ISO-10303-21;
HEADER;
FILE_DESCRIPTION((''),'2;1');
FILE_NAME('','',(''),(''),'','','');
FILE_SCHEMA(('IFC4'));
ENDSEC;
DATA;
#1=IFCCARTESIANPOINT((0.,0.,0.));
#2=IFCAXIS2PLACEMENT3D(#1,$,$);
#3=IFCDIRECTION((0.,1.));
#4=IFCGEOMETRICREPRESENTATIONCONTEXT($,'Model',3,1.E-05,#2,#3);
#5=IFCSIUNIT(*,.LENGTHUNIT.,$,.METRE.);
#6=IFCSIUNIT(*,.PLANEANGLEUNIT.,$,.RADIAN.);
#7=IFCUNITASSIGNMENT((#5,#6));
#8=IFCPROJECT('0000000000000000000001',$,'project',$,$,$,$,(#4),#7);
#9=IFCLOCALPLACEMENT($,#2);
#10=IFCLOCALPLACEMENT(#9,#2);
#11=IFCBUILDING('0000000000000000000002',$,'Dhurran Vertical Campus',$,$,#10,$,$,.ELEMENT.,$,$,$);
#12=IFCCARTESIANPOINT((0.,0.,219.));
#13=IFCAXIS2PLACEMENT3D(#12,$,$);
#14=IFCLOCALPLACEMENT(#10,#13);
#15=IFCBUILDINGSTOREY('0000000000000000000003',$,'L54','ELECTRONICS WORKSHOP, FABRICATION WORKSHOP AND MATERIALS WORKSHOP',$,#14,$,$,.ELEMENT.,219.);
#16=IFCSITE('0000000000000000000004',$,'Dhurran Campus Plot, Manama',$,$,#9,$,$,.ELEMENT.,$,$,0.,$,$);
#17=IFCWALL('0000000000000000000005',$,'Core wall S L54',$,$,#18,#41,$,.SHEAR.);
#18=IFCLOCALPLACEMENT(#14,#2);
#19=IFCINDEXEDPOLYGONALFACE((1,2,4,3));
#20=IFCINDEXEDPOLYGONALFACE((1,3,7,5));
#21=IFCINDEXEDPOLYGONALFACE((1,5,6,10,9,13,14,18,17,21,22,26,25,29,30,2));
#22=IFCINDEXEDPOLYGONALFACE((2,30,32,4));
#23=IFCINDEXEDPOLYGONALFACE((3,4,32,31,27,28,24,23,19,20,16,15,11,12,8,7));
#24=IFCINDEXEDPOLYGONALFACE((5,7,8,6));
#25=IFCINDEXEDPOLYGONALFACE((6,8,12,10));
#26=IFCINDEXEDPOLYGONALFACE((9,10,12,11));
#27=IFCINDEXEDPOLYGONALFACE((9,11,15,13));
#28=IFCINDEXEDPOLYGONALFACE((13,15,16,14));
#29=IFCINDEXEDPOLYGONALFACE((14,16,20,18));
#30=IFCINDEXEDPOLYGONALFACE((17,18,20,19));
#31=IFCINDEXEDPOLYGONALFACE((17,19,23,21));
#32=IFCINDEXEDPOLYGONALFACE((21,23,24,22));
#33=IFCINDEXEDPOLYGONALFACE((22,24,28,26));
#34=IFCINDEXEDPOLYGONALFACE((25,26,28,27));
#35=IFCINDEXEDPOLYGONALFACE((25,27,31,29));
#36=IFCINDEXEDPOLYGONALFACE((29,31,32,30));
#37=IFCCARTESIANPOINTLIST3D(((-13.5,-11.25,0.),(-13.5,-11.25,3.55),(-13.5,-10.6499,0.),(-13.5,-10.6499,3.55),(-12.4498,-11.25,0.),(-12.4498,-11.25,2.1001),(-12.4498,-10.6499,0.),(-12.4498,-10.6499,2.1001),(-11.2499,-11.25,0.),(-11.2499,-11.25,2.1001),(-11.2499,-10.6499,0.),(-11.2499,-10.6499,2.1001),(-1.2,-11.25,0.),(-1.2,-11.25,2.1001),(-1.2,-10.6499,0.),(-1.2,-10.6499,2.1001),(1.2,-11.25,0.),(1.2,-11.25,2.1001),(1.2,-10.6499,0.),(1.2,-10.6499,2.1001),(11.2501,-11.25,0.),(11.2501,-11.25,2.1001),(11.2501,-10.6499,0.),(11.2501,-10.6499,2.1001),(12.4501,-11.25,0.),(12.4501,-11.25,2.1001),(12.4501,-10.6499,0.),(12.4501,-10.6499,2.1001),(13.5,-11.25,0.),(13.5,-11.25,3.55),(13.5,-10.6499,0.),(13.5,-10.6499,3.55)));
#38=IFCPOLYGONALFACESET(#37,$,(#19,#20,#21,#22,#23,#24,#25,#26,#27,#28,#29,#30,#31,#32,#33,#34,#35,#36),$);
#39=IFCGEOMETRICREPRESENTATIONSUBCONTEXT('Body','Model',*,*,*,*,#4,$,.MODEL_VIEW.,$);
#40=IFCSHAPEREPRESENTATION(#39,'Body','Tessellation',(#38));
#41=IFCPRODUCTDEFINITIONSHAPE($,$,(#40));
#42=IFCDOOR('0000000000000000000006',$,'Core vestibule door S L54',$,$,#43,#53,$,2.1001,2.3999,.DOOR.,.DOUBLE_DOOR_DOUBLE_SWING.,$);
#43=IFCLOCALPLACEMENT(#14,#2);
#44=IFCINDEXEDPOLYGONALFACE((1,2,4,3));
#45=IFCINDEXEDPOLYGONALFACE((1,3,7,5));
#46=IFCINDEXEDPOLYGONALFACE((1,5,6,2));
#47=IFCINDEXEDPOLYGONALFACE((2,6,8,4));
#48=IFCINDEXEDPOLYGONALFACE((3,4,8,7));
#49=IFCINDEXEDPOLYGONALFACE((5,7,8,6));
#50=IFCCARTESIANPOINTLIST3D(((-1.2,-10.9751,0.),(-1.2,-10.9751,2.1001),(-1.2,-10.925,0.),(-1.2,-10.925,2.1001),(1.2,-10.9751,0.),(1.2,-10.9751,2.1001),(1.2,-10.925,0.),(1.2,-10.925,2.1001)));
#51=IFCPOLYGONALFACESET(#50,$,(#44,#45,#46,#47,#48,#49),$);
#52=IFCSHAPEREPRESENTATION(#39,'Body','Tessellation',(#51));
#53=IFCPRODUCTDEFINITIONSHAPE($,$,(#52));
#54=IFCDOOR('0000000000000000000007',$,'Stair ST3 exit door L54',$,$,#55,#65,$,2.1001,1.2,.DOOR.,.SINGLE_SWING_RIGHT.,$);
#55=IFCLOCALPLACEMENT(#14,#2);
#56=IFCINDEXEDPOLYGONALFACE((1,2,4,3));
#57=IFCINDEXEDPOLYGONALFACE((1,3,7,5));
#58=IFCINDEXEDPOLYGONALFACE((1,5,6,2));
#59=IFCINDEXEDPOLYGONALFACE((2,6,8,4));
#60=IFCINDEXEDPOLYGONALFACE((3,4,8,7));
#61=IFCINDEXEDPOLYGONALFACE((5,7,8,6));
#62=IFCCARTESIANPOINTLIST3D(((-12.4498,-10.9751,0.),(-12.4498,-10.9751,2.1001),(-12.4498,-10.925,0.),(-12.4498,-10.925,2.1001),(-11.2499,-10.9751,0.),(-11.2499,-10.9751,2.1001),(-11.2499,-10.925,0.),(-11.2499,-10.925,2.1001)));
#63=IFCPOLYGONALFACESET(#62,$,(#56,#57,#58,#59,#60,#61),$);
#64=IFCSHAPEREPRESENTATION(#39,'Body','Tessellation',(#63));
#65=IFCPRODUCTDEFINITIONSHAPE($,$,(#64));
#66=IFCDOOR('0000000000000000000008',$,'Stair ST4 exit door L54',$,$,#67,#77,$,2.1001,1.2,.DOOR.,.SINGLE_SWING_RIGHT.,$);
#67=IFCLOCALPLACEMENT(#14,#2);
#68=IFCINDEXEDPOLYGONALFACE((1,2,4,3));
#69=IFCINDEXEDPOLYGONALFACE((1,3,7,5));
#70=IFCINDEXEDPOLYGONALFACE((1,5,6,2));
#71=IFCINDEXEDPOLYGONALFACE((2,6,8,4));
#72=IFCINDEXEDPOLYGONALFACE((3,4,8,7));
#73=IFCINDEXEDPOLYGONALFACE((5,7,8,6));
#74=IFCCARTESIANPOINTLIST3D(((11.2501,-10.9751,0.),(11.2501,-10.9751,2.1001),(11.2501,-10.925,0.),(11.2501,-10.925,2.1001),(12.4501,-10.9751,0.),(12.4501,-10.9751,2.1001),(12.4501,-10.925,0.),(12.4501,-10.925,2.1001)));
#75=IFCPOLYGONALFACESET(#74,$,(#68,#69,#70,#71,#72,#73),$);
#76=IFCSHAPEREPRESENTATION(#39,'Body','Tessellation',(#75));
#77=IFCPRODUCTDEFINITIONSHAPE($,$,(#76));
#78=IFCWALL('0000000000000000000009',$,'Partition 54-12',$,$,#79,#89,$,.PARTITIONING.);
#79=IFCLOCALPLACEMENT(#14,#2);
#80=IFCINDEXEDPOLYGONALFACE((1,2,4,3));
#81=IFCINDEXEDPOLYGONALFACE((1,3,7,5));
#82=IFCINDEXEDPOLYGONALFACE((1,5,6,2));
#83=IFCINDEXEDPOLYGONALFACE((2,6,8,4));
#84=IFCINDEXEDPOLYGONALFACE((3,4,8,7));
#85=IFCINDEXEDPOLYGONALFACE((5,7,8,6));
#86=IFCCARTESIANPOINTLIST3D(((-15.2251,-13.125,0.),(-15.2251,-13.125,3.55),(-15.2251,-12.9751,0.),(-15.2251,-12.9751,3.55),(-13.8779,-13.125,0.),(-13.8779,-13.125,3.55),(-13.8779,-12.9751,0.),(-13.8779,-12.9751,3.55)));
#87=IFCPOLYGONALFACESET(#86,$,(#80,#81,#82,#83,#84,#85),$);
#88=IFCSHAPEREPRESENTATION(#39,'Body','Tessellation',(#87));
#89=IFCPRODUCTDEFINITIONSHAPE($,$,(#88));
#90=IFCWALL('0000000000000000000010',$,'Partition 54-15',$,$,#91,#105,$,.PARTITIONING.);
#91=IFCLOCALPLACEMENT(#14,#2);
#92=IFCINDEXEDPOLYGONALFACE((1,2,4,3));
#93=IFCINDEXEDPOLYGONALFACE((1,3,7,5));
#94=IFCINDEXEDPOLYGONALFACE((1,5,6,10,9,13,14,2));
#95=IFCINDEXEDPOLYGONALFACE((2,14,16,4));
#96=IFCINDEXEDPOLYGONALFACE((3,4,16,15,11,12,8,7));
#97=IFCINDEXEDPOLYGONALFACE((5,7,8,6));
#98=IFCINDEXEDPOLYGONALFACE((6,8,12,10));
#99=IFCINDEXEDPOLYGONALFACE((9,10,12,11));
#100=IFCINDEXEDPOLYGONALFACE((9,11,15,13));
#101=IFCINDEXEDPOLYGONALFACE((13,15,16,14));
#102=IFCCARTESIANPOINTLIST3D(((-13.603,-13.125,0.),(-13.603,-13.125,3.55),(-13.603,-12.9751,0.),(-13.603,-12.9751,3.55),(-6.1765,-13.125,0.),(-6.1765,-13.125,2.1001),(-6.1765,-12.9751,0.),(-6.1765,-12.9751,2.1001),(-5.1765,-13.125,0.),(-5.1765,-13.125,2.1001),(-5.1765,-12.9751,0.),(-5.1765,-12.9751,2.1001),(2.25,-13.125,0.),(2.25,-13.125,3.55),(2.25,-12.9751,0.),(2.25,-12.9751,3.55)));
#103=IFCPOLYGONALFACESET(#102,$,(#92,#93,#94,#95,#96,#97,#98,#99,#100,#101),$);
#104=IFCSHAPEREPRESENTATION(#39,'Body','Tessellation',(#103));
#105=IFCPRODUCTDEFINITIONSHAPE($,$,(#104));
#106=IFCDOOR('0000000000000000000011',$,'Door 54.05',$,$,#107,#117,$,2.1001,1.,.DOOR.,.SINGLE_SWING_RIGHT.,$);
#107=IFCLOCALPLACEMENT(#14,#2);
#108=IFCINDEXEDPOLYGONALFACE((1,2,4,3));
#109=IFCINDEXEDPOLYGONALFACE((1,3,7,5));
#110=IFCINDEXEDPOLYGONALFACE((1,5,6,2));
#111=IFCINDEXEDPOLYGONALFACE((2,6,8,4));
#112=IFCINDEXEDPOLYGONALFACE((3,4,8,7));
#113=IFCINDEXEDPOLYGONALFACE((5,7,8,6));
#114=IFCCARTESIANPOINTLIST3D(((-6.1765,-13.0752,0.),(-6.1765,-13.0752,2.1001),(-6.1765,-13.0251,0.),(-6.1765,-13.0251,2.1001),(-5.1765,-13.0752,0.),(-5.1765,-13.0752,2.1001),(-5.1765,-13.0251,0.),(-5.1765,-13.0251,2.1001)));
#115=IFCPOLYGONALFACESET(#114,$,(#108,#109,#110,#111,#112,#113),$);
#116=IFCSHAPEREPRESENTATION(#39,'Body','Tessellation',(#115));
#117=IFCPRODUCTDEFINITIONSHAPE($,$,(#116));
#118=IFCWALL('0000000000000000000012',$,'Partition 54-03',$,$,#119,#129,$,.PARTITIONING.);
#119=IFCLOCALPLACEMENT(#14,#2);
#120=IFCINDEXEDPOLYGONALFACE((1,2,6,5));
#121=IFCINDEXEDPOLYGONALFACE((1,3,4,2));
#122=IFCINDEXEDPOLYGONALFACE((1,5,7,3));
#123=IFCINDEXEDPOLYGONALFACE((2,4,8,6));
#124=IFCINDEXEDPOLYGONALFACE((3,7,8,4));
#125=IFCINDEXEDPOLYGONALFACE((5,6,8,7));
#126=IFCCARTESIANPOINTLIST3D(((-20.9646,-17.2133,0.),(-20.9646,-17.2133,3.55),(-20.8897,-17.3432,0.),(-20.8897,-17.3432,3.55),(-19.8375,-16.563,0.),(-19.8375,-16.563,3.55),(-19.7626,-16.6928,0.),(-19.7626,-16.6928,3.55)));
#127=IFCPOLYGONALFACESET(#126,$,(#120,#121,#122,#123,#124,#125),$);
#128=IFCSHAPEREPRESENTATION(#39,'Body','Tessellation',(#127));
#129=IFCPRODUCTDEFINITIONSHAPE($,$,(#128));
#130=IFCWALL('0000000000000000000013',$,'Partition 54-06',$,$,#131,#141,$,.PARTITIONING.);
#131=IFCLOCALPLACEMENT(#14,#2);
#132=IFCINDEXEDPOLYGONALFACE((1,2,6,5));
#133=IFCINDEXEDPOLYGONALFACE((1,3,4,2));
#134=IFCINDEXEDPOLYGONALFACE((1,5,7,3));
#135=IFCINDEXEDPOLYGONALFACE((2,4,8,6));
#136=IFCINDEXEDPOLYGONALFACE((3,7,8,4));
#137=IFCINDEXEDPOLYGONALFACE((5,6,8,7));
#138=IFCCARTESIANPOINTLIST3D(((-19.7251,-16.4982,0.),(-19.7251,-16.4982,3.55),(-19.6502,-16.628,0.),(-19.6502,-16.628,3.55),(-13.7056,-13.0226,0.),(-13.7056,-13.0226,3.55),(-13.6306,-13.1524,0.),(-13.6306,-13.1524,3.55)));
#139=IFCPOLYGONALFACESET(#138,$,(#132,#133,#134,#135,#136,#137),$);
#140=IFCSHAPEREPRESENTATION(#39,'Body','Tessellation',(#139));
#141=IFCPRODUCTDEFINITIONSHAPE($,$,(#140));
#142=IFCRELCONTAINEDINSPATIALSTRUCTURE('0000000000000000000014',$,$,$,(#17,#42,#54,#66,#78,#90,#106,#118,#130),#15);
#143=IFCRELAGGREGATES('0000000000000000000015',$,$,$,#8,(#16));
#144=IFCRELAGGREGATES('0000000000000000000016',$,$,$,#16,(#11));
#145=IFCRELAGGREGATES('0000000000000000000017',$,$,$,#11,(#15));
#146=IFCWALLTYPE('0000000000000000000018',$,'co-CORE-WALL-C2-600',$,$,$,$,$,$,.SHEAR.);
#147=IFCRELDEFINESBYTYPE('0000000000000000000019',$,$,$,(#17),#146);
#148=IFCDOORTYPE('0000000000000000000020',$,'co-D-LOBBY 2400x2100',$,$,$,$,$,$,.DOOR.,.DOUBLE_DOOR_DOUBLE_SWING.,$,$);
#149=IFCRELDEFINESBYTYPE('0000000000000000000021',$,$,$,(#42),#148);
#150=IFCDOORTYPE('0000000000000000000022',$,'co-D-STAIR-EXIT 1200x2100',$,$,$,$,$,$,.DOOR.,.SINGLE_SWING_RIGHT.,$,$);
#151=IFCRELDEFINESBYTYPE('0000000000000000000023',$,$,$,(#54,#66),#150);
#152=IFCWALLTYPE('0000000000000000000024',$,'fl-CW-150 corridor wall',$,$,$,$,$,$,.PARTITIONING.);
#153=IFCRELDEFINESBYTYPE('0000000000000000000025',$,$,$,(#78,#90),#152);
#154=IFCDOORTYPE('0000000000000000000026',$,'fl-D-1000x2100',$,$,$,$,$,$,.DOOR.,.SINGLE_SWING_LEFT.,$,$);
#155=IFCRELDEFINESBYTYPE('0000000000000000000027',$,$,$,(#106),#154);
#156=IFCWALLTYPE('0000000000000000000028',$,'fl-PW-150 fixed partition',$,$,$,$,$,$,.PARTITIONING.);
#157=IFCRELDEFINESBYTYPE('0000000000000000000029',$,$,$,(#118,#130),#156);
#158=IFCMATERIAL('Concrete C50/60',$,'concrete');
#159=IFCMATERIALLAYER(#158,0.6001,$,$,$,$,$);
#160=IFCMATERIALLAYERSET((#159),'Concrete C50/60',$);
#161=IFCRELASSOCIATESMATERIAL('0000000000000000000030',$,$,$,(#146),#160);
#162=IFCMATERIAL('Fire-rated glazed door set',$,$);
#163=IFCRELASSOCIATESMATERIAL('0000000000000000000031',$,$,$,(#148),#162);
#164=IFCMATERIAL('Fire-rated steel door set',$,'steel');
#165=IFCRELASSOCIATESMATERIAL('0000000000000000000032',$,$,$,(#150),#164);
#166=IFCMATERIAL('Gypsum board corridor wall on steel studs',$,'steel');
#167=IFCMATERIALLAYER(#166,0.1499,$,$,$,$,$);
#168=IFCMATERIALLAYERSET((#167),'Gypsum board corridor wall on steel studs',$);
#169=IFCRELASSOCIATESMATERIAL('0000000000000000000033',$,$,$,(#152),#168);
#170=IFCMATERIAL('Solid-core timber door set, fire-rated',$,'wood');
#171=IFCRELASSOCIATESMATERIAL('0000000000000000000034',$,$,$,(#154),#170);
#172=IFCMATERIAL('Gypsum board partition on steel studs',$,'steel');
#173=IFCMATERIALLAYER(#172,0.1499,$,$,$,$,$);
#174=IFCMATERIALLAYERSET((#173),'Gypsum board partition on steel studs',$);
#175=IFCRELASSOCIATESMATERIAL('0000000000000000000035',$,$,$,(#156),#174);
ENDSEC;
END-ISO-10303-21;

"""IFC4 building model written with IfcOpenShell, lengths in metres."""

from ifc_helpers import new_model, si_unit, direction, frame, frame_2d, origin, place, context, subcontext, project, spatial, rectangle, extrude, material, layer, layer_set, type_object, element, fill, save


model = new_model("IFC4")

# Units and contexts
model_context = context("Model", 3, precision=1e-05, world=origin(), true_north=direction((0.0, 1.0)))
body_context = subcontext(model_context, "Body", "Model", "MODEL_VIEW")
ifc_project = project(units=[si_unit("LENGTHUNIT", "METRE"), si_unit("PLANEANGLEUNIT", "RADIAN")], contexts=[model_context])

# Site, building, storey
site_placement = place(None, origin())
site = spatial("IfcSite", under=ifc_project, at=site_placement, Name="Dhurran Campus Plot, Manama", CompositionType="ELEMENT", RefElevation=0.0)
building_placement = place(site_placement, origin())
building = spatial("IfcBuilding", under=site, at=building_placement, Name="Dhurran Vertical Campus", CompositionType="ELEMENT")
storey_placement = place(building_placement, frame((0.0, 0.0, 219.0)))
storey = spatial("IfcBuildingStorey", under=building, at=storey_placement, Name="L54", Description="ELECTRONICS WORKSHOP, FABRICATION WORKSHOP AND MATERIALS WORKSHOP", CompositionType="ELEMENT", Elevation=219.0)

# Wall, openings, doors
ifc_material_1 = material(Name="Concrete C50/60", Category="concrete")
ifc_layer_1 = layer(ifc_material_1, 0.6001)
ifc_layer_set_1 = layer_set([ifc_layer_1], Name="Concrete C50/60")
wall_type_1 = type_object("IfcWallType", Name="co-CORE-WALL-C2-600", PredefinedType="SHEAR", material=ifc_layer_set_1)
wall_1_placement = place(storey_placement, frame((-13.5, -10.95, 0.0), z_axis=(0.0, 0.0, 1.0), x_axis=(1.0, 0.0, 0.0)))
wall_1 = element("IfcWall", 1, at=wall_1_placement, inside=storey, type_object=wall_type_1, Name="Core wall S L54", PredefinedType="SHEAR", context=body_context, shape_type="SweptSolid", body=[
    extrude(rectangle(XDim=27.0, YDim=0.6001, at=frame_2d((13.5, 0.0))), origin(), (0.0, 0.0, 1.0), 3.55),
])
opening_1_placement = place(wall_1_placement, frame((12.3, 0.0, 0.0)))
opening_1 = element("IfcOpeningElement", 2, at=opening_1_placement, cuts=wall_1, PredefinedType="OPENING", context=body_context, shape_type="SweptSolid", body=[
    extrude(rectangle(XDim=2.3999, YDim=2.1001, at=frame_2d((1.2, 1.05))), frame((0.0, 0.3101, 0.0), z_axis=(0.0, -1.0, 0.0), x_axis=(1.0, 0.0, 0.0)), (0.0, 0.0, 1.0), 0.6201),
])
opening_2_placement = place(wall_1_placement, frame((1.05, 0.0, 0.0)))
opening_2 = element("IfcOpeningElement", 3, at=opening_2_placement, cuts=wall_1, PredefinedType="OPENING", context=body_context, shape_type="SweptSolid", body=[
    extrude(rectangle(XDim=1.2, YDim=2.1001, at=frame_2d((0.6001, 1.05))), frame((0.0, 0.3101, 0.0), z_axis=(0.0, -1.0, 0.0), x_axis=(1.0, 0.0, 0.0)), (0.0, 0.0, 1.0), 0.6201),
])
opening_3_placement = place(wall_1_placement, frame((24.75, 0.0, 0.0)))
opening_3 = element("IfcOpeningElement", 4, at=opening_3_placement, cuts=wall_1, PredefinedType="OPENING", context=body_context, shape_type="SweptSolid", body=[
    extrude(rectangle(XDim=1.2, YDim=2.1001, at=frame_2d((0.6001, 1.05))), frame((0.0, 0.3101, 0.0), z_axis=(0.0, -1.0, 0.0), x_axis=(1.0, 0.0, 0.0)), (0.0, 0.0, 1.0), 0.6201),
])
ifc_material_2 = material(Name="Fire-rated glazed door set")
door_type_1 = type_object("IfcDoorType", Name="co-D-LOBBY 2400x2100", OperationType="DOUBLE_DOOR_DOUBLE_SWING", PredefinedType="DOOR", material=ifc_material_2)
door_1_placement = place(opening_1_placement, origin())
door_1 = element("IfcDoor", 5, at=door_1_placement, inside=storey, type_object=door_type_1, Name="Core vestibule door S L54", OperationType="DOUBLE_DOOR_DOUBLE_SWING", OverallHeight=2.1001, OverallWidth=2.3999, PredefinedType="DOOR", context=body_context, shape_type="SweptSolid", body=[
    extrude(rectangle(XDim=2.3999, YDim=2.1001, at=frame_2d((1.2, 1.05))), frame((0.0, 0.0249, 0.0), z_axis=(0.0, -1.0, 0.0), x_axis=(1.0, 0.0, 0.0)), (0.0, 0.0, 1.0), 0.05),
])
fill(opening_1, door_1)
ifc_material_3 = material(Name="Fire-rated steel door set", Category="steel")
door_type_2 = type_object("IfcDoorType", Name="co-D-STAIR-EXIT 1200x2100", OperationType="SINGLE_SWING_RIGHT", PredefinedType="DOOR", material=ifc_material_3)
door_2_placement = place(opening_2_placement, origin())
door_2 = element("IfcDoor", 6, at=door_2_placement, inside=storey, type_object=door_type_2, Name="Stair ST3 exit door L54", OperationType="SINGLE_SWING_RIGHT", OverallHeight=2.1001, OverallWidth=1.2, PredefinedType="DOOR", context=body_context, shape_type="SweptSolid", body=[
    extrude(rectangle(XDim=1.2, YDim=2.1001, at=frame_2d((0.6001, 1.05))), frame((0.0, 0.0249, 0.0), z_axis=(0.0, -1.0, 0.0), x_axis=(1.0, 0.0, 0.0)), (0.0, 0.0, 1.0), 0.05),
])
fill(opening_2, door_2)
door_3_placement = place(opening_3_placement, origin())
door_3 = element("IfcDoor", 7, at=door_3_placement, inside=storey, type_object=door_type_2, Name="Stair ST4 exit door L54", OperationType="SINGLE_SWING_RIGHT", OverallHeight=2.1001, OverallWidth=1.2, PredefinedType="DOOR", context=body_context, shape_type="SweptSolid", body=[
    extrude(rectangle(XDim=1.2, YDim=2.1001, at=frame_2d((0.6001, 1.05))), frame((0.0, 0.0249, 0.0), z_axis=(0.0, -1.0, 0.0), x_axis=(1.0, 0.0, 0.0)), (0.0, 0.0, 1.0), 0.05),
])
fill(opening_3, door_3)

# Wall
ifc_material_4 = material(Name="Gypsum board corridor wall on steel studs", Category="steel")
ifc_layer_2 = layer(ifc_material_4, 0.1499)
ifc_layer_set_2 = layer_set([ifc_layer_2], Name="Gypsum board corridor wall on steel studs")
wall_type_2 = type_object("IfcWallType", Name="fl-CW-150 corridor wall", PredefinedType="PARTITIONING", material=ifc_layer_set_2)
wall_2_placement = place(storey_placement, frame((-15.2251, -13.05, 0.0), z_axis=(0.0, 0.0, 1.0), x_axis=(1.0, 0.0, 0.0)))
element("IfcWall", 8, at=wall_2_placement, inside=storey, type_object=wall_type_2, Name="Partition 54-12", PredefinedType="PARTITIONING", context=body_context, shape_type="SweptSolid", body=[
    extrude(rectangle(XDim=1.3472, YDim=0.1499, at=frame_2d((0.6736, 0.0))), origin(), (0.0, 0.0, 1.0), 3.55),
])

# Wall, opening, door
wall_3_placement = place(storey_placement, frame((-13.603, -13.05, 0.0), z_axis=(0.0, 0.0, 1.0), x_axis=(1.0, 0.0, 0.0)))
wall_3 = element("IfcWall", 9, at=wall_3_placement, inside=storey, type_object=wall_type_2, Name="Partition 54-15", PredefinedType="PARTITIONING", context=body_context, shape_type="SweptSolid", body=[
    extrude(rectangle(XDim=15.853, YDim=0.1499, at=frame_2d((7.9265, 0.0))), origin(), (0.0, 0.0, 1.0), 3.55),
])
opening_4_placement = place(wall_3_placement, frame((7.4265, 0.0, 0.0)))
opening_4 = element("IfcOpeningElement", 10, at=opening_4_placement, cuts=wall_3, PredefinedType="OPENING", context=body_context, shape_type="SweptSolid", body=[
    extrude(rectangle(XDim=1.0, YDim=2.1001, at=frame_2d((0.5, 1.05))), frame((0.0, 0.085, 0.0), z_axis=(0.0, -1.0, 0.0), x_axis=(1.0, 0.0, 0.0)), (0.0, 0.0, 1.0), 0.1699),
])
ifc_material_5 = material(Name="Solid-core timber door set, fire-rated", Category="wood")
door_type_3 = type_object("IfcDoorType", Name="fl-D-1000x2100", OperationType="SINGLE_SWING_LEFT", PredefinedType="DOOR", material=ifc_material_5)
door_4_placement = place(opening_4_placement, origin())
door_4 = element("IfcDoor", 11, at=door_4_placement, inside=storey, type_object=door_type_3, Name="Door 54.05", OperationType="SINGLE_SWING_RIGHT", OverallHeight=2.1001, OverallWidth=1.0, PredefinedType="DOOR", context=body_context, shape_type="SweptSolid", body=[
    extrude(rectangle(XDim=1.0, YDim=2.1001, at=frame_2d((0.5, 1.05))), frame((0.0, 0.0249, 0.0), z_axis=(0.0, -1.0, 0.0), x_axis=(1.0, 0.0, 0.0)), (0.0, 0.0, 1.0), 0.05),
])
fill(opening_4, door_4)

# Walls
ifc_material_6 = material(Name="Gypsum board partition on steel studs", Category="steel")
ifc_layer_3 = layer(ifc_material_6, 0.1499)
ifc_layer_set_3 = layer_set([ifc_layer_3], Name="Gypsum board partition on steel studs")
wall_type_3 = type_object("IfcWallType", Name="fl-PW-150 fixed partition", PredefinedType="PARTITIONING", material=ifc_layer_set_3)
wall_4_placement = place(storey_placement, frame((-19.8, -16.6279, 0.0), z_axis=(0.0, 0.0, 1.0), x_axis=(-0.866157, -0.499771, 0.0)))
element("IfcWall", 12, at=wall_4_placement, inside=storey, type_object=wall_type_3, Name="Partition 54-03", PredefinedType="PARTITIONING", context=body_context, shape_type="SweptSolid", body=[
    extrude(rectangle(XDim=1.3013, YDim=0.1499, at=frame_2d((0.6506, 0.0))), origin(), (0.0, 0.0, 1.0), 3.55),
])
wall_5_placement = place(storey_placement, frame((-13.668, -13.0874, 0.0), z_axis=(0.0, 0.0, 1.0), x_axis=(-0.866012, -0.500022, 0.0)))
element("IfcWall", 13, at=wall_5_placement, inside=storey, type_object=wall_type_3, Name="Partition 54-06", PredefinedType="PARTITIONING", context=body_context, shape_type="SweptSolid", body=[
    extrude(rectangle(XDim=6.9509, YDim=0.1499, at=frame_2d((3.4756, 0.0))), origin(), (0.0, 0.0, 1.0), 3.55),
])

save(model, "model.ifc")
